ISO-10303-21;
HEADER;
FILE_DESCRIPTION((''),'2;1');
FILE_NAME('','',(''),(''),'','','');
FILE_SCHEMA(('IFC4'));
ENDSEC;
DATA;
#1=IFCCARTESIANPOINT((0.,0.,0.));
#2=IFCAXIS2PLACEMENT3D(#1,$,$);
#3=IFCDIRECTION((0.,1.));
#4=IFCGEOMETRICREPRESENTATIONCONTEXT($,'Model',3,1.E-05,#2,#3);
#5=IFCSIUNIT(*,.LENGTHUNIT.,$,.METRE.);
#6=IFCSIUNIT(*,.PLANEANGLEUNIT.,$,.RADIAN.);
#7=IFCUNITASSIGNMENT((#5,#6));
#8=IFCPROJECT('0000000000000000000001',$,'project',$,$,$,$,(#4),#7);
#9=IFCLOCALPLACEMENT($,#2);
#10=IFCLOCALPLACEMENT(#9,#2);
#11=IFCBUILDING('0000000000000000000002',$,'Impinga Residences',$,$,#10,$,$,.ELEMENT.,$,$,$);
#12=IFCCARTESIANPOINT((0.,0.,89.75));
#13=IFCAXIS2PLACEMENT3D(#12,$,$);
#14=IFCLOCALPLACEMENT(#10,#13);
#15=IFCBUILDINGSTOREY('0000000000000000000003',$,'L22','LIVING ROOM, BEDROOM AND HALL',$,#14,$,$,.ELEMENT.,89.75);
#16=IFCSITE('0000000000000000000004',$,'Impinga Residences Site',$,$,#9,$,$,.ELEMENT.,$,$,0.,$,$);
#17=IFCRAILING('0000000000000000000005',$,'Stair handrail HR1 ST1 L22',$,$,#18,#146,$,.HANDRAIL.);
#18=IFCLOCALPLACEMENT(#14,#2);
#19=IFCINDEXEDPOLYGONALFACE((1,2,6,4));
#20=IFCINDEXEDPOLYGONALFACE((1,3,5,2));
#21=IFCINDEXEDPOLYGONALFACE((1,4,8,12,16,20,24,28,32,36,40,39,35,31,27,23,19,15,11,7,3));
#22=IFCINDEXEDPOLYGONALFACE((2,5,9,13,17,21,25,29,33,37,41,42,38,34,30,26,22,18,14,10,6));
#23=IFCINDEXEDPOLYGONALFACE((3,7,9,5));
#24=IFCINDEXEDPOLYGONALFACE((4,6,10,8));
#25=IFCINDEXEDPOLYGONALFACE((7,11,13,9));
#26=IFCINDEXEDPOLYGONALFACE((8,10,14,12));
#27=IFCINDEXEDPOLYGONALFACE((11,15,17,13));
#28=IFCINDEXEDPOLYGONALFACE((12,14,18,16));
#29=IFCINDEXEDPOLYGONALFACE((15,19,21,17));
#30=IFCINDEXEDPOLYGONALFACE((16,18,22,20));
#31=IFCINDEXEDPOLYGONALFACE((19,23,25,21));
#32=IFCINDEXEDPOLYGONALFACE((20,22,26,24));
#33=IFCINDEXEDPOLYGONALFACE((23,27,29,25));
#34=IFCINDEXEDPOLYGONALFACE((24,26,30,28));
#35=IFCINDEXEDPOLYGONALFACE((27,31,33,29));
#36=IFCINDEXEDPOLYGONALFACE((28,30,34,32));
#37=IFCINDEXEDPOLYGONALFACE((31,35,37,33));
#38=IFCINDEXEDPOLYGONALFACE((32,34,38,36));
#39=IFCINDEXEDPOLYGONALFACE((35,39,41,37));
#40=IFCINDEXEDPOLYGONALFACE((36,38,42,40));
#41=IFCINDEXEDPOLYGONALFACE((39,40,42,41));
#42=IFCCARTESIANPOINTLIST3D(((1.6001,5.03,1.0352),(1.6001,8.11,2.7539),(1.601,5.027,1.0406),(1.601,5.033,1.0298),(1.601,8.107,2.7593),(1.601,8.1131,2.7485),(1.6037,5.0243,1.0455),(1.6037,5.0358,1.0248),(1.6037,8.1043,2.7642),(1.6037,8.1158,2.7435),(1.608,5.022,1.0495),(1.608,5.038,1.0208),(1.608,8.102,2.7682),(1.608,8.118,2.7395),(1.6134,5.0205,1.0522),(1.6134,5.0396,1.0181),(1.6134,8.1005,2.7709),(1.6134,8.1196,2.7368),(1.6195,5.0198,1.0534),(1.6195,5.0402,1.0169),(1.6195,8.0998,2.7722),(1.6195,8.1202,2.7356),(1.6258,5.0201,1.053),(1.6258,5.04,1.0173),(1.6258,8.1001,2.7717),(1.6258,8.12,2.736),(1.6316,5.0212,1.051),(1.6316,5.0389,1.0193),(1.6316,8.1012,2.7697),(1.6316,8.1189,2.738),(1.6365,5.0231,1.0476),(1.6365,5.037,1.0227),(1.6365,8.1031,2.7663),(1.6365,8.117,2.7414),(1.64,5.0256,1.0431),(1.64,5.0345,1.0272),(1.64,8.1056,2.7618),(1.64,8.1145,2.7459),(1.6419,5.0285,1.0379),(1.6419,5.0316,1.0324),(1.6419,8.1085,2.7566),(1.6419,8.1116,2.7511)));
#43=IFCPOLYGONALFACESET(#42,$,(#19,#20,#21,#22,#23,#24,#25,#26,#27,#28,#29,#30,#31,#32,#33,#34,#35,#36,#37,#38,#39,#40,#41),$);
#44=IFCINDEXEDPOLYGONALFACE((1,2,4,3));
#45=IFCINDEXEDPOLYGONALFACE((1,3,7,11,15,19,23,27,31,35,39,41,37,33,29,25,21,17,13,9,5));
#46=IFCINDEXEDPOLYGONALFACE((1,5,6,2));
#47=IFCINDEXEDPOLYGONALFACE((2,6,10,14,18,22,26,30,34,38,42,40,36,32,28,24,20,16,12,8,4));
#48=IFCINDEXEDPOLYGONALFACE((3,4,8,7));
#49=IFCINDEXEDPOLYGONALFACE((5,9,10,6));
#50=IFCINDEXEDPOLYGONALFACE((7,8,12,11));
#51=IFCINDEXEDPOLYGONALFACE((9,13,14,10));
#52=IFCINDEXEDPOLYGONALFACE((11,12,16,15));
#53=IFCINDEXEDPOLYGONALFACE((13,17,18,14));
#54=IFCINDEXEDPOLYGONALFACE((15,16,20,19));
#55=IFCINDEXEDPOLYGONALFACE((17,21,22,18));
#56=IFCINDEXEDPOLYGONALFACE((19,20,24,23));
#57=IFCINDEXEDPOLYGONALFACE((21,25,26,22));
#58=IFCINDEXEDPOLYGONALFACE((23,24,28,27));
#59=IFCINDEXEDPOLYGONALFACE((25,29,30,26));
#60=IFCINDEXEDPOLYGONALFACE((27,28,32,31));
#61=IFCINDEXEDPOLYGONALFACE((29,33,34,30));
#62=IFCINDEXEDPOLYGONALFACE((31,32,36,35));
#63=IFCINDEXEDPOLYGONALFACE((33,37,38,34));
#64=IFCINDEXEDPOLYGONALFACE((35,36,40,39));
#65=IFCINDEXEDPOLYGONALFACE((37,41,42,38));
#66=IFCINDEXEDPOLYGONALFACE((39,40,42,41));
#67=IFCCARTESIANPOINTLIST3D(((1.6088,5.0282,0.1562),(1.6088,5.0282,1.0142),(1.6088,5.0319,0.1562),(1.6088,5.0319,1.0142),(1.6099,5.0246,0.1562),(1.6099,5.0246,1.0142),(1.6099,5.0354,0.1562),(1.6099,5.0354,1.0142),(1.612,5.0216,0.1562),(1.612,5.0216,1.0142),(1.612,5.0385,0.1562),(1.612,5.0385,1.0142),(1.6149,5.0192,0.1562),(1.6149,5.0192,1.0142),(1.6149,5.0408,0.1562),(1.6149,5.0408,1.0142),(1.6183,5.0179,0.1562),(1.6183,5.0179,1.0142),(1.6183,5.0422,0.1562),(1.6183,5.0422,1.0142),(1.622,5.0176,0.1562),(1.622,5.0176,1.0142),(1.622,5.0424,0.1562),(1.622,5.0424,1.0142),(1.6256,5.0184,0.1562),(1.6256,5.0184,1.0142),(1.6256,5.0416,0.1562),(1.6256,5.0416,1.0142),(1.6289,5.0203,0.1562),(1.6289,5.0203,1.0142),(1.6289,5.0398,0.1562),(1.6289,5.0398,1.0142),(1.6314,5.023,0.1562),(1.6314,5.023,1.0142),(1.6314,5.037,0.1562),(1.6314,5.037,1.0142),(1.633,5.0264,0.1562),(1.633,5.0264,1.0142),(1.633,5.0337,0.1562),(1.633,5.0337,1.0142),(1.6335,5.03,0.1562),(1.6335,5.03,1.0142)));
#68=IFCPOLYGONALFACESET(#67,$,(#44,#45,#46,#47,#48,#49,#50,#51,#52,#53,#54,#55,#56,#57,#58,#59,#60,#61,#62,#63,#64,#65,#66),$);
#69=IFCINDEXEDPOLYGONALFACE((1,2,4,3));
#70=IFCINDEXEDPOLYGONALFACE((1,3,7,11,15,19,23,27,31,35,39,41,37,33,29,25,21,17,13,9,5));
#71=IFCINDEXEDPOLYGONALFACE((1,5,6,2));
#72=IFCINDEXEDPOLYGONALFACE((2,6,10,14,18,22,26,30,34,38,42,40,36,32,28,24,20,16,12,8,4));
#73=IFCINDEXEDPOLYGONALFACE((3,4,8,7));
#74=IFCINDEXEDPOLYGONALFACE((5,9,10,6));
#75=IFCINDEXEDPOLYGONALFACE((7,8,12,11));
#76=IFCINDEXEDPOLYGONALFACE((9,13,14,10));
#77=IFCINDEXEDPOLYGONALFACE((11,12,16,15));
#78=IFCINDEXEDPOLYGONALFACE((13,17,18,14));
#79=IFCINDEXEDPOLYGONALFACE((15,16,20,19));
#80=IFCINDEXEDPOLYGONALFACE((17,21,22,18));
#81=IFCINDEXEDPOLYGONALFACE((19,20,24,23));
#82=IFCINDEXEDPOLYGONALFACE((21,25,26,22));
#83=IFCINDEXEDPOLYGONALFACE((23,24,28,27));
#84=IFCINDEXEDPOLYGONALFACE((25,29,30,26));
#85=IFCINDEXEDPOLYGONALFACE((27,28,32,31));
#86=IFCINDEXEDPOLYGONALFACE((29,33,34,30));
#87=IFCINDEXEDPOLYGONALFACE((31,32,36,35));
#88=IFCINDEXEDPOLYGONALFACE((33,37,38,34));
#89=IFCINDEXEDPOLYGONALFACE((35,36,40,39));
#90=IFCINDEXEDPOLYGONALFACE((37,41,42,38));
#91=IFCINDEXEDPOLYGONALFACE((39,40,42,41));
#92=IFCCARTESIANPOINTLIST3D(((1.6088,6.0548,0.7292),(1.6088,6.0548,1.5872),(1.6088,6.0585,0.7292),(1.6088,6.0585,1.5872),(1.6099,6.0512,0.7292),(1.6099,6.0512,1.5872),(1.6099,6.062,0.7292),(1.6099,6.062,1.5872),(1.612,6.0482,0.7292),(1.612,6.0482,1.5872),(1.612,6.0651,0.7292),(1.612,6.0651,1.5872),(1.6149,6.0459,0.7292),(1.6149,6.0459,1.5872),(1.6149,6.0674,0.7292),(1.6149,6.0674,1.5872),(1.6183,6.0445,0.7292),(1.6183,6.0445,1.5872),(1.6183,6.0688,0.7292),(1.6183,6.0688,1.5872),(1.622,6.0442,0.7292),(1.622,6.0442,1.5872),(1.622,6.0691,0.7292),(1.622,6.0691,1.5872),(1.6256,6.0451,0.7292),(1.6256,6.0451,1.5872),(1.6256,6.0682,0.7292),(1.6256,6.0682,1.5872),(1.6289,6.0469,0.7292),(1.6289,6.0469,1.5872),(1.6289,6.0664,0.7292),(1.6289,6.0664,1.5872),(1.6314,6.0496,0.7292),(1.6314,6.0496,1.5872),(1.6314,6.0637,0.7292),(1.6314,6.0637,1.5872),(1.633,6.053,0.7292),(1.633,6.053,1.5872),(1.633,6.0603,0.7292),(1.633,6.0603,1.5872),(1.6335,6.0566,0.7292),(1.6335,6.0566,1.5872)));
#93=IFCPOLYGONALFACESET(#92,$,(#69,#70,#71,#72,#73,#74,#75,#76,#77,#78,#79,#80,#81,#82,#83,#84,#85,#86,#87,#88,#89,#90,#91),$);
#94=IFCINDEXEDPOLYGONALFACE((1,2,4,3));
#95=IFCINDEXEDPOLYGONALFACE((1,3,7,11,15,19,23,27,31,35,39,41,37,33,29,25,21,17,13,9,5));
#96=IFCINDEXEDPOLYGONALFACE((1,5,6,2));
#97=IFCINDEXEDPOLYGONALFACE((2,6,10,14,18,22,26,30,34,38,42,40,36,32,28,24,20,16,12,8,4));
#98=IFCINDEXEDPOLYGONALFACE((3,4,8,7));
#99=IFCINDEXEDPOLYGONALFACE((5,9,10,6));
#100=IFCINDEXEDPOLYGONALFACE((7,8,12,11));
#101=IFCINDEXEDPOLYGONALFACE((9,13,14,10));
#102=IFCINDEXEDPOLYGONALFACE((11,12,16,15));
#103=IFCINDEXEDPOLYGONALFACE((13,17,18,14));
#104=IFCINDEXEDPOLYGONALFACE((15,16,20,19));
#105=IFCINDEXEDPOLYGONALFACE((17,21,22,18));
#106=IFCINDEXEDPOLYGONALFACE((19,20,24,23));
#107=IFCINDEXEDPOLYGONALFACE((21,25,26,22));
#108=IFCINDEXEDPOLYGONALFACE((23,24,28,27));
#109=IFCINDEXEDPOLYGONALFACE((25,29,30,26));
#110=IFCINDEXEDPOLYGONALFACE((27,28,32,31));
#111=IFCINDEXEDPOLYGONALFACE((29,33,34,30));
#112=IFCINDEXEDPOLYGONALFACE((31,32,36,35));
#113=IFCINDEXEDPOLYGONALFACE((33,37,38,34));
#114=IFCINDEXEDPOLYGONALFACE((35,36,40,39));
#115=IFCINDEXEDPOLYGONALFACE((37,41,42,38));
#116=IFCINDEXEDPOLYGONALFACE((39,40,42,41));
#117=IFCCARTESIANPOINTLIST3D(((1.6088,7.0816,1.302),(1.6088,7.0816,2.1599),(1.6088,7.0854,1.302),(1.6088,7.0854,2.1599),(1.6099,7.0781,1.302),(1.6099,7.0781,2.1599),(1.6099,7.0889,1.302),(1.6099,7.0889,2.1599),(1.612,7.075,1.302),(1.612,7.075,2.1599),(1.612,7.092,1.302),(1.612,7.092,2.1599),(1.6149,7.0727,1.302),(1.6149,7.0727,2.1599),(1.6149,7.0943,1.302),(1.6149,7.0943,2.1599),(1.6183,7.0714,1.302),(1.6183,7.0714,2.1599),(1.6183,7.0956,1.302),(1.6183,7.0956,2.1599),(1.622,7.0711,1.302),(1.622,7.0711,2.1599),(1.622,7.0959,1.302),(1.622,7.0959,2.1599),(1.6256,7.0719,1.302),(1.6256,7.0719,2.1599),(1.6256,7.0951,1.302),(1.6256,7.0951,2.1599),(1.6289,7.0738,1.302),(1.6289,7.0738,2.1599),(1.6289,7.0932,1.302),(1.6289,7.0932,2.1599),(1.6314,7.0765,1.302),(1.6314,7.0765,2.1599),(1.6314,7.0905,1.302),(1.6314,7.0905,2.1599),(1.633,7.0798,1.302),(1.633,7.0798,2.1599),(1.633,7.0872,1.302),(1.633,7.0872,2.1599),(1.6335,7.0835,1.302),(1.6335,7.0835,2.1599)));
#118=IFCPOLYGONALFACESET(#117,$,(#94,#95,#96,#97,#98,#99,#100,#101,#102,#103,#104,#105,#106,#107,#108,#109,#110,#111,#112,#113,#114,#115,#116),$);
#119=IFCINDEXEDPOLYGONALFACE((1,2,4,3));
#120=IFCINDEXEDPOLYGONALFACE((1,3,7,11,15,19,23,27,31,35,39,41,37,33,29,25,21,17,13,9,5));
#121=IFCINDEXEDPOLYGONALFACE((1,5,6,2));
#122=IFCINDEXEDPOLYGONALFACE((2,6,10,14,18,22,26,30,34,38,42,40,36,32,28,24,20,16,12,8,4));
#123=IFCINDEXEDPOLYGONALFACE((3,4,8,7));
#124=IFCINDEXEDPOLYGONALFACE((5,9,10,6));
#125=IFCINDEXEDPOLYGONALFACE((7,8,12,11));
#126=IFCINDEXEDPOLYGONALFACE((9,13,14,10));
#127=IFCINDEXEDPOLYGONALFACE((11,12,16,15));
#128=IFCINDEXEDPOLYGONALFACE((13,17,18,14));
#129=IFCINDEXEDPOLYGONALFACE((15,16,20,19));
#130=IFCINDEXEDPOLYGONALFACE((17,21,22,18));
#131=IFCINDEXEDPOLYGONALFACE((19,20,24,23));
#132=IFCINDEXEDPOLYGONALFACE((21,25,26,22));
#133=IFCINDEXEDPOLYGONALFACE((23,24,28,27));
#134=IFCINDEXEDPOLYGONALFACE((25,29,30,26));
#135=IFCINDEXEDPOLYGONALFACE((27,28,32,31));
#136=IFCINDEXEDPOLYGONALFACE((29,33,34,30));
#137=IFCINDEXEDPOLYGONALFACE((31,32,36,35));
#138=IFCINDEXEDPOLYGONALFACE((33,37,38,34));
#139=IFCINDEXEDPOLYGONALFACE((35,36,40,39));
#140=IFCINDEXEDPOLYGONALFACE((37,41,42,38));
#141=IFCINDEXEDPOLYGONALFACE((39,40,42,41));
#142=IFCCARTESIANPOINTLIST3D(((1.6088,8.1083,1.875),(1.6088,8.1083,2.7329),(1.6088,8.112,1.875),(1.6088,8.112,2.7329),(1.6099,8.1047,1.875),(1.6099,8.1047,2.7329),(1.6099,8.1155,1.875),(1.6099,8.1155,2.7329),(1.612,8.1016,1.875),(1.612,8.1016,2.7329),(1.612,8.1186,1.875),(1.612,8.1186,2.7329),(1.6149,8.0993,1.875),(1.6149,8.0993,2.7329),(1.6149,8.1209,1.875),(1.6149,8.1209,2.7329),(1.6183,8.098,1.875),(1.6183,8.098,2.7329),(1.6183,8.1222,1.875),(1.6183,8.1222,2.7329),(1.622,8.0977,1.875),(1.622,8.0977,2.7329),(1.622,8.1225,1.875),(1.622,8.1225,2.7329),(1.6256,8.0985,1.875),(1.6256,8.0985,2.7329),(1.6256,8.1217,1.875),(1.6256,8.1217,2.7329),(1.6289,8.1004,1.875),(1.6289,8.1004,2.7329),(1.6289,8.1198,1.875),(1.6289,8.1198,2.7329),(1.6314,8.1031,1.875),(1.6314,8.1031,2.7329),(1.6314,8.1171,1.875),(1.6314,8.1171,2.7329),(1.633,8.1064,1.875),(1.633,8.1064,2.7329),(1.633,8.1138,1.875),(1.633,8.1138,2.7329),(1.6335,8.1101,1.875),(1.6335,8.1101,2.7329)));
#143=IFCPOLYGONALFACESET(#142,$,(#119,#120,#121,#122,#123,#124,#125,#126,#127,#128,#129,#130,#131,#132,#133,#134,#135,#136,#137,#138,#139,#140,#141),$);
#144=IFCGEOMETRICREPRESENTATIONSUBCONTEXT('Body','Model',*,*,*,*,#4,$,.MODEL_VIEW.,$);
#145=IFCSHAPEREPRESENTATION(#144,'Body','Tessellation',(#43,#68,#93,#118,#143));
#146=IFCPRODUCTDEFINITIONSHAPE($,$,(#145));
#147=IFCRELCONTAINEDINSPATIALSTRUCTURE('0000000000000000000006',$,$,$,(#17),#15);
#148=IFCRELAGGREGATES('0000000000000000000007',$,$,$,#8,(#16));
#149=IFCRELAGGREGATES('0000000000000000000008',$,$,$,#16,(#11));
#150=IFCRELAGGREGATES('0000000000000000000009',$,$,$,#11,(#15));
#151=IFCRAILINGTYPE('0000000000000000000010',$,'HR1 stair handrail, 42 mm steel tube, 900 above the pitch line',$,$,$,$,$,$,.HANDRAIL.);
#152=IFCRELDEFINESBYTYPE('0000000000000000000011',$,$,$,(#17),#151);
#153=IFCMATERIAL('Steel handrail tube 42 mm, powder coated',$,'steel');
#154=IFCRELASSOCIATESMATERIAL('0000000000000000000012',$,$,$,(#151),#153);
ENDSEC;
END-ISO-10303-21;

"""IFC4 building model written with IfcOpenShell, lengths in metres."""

from ifc_helpers import new_model, si_unit, direction, frame, origin, origin_2d, place, context, subcontext, project, spatial, circle, extrude, material, type_object, element, save


model = new_model("IFC4")

# Units and contexts
model_context = context("Model", 3, precision=1e-05, world=origin(), true_north=direction((0.0, 1.0)))
body_context = subcontext(model_context, "Body", "Model", "MODEL_VIEW")
ifc_project = project(units=[si_unit("LENGTHUNIT", "METRE"), si_unit("PLANEANGLEUNIT", "RADIAN")], contexts=[model_context])

# Site, building, storey
site_placement = place(None, origin())
site = spatial("IfcSite", under=ifc_project, at=site_placement, Name="Impinga Residences Site", CompositionType="ELEMENT", RefElevation=0.0)
building_placement = place(site_placement, origin())
building = spatial("IfcBuilding", under=site, at=building_placement, Name="Impinga Residences", CompositionType="ELEMENT")
storey_placement = place(building_placement, frame((0.0, 0.0, 89.75)))
storey = spatial("IfcBuildingStorey", under=building, at=storey_placement, Name="L22", Description="LIVING ROOM, BEDROOM AND HALL", CompositionType="ELEMENT", Elevation=89.75)

# Railing
ifc_material_1 = material(Name="Steel handrail tube 42 mm, powder coated", Category="steel")
railing_type_1 = type_object("IfcRailingType", Name="HR1 stair handrail, 42 mm steel tube, 900 above the pitch line", PredefinedType="HANDRAIL", material=ifc_material_1)
railing_1_placement = place(storey_placement, frame((1.6211, 5.03, 0.1562)))
element("IfcRailing", 1, at=railing_1_placement, inside=storey, type_object=railing_type_1, Name="Stair handrail HR1 ST1 L22", PredefinedType="HANDRAIL", context=body_context, shape_type="SweptSolid", body=[
    extrude(circle(Radius=0.021, at=origin_2d()), frame((0.0, 0.0, 0.8789), z_axis=(0.0, 0.873242, 0.487288), x_axis=(-1.0, 0.0, 0.0)), (0.0, 0.0, 1.0), 3.5271),
    extrude(circle(Radius=0.0125, at=origin_2d()), origin(), (0.0, 0.0, 1.0), 0.8579),
    extrude(circle(Radius=0.0125, at=origin_2d()), frame((0.0, 1.0266, 0.573)), (0.0, 0.0, 1.0), 0.8579),
    extrude(circle(Radius=0.0125, at=origin_2d()), frame((0.0, 2.0535, 1.1458)), (0.0, 0.0, 1.0), 0.8579),
    extrude(circle(Radius=0.0125, at=origin_2d()), frame((0.0, 3.0801, 1.7188)), (0.0, 0.0, 1.0), 0.8579),
])

save(model, "model.ifc")
